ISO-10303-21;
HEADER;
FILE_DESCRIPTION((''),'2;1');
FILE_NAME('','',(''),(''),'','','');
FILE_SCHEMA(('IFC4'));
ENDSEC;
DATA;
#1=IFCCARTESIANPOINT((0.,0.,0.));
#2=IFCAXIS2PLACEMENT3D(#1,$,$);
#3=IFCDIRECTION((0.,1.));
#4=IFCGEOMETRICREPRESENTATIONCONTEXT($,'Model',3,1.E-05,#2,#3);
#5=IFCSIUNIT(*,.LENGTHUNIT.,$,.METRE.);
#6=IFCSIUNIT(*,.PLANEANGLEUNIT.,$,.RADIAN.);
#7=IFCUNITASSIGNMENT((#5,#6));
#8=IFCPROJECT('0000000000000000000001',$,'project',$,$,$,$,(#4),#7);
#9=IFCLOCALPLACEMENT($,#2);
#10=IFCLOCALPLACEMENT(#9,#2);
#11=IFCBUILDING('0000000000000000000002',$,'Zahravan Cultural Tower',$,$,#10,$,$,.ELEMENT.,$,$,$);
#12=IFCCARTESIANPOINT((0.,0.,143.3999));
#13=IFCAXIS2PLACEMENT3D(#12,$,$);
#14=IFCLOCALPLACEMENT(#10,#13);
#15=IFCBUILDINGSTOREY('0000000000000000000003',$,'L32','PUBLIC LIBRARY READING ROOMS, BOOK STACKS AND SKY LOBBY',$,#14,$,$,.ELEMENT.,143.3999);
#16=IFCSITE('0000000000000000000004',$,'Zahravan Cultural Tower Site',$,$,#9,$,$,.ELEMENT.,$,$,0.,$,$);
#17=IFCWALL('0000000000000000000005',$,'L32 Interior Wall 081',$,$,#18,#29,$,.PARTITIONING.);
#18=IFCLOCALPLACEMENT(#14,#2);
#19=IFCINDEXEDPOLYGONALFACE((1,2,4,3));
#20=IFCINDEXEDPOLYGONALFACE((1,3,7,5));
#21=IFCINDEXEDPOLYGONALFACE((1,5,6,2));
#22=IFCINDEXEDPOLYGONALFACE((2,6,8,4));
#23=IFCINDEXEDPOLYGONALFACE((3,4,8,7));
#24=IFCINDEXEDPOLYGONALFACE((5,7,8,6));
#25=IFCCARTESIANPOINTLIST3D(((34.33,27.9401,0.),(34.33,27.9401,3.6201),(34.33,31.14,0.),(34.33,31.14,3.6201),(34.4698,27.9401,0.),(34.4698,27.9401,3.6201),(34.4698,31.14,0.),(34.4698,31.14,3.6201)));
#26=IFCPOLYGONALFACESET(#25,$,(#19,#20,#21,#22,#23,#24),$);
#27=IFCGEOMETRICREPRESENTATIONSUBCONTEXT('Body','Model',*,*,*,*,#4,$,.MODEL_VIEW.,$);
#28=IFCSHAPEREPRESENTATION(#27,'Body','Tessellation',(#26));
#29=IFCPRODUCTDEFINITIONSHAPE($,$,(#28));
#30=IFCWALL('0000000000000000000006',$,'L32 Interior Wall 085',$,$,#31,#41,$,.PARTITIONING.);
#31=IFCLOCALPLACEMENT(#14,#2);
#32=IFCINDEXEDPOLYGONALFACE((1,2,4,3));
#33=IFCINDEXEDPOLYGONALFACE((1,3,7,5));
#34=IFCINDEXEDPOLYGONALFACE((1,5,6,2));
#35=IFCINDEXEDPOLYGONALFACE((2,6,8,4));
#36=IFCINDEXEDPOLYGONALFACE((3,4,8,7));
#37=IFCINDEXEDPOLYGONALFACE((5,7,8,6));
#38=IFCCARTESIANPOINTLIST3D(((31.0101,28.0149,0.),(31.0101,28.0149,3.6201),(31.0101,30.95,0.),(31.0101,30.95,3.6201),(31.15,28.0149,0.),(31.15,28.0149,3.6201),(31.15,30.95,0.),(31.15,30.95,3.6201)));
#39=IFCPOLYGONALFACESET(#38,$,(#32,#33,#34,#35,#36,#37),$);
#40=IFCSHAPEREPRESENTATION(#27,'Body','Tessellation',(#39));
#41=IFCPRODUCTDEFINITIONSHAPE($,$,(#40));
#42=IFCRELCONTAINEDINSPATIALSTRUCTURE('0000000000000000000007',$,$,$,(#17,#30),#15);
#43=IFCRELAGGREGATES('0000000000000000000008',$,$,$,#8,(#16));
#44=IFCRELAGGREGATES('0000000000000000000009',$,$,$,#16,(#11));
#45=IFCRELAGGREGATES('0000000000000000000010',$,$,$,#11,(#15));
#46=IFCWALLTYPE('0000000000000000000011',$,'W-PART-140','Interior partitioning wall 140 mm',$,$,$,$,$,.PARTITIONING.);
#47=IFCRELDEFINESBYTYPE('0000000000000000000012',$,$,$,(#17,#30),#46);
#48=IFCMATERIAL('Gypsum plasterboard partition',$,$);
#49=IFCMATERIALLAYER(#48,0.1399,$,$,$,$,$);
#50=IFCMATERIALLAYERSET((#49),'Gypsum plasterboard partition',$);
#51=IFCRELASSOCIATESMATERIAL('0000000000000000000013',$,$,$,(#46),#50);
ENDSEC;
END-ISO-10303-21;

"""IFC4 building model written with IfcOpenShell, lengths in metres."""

from ifc_helpers import new_model, si_unit, direction, frame, frame_2d, origin, place, context, subcontext, project, spatial, rectangle, extrude, source, transform, mapped, material, layer, layer_set, type_object, element, save


model = new_model("IFC4")

# Units and contexts
model_context = context("Model", 3, precision=1e-05, world=origin(), true_north=direction((0.0, 1.0)))
body_context = subcontext(model_context, "Body", "Model", "MODEL_VIEW")
ifc_project = project(units=[si_unit("LENGTHUNIT", "METRE"), si_unit("PLANEANGLEUNIT", "RADIAN")], contexts=[model_context])

# Site, building, storey
site_placement = place(None, origin())
site = spatial("IfcSite", under=ifc_project, at=site_placement, Name="Zahravan Cultural Tower Site", CompositionType="ELEMENT", RefElevation=0.0)
building_placement = place(site_placement, origin())
building = spatial("IfcBuilding", under=site, at=building_placement, Name="Zahravan Cultural Tower", CompositionType="ELEMENT")
storey_placement = place(building_placement, frame((0.0, 0.0, 143.3999)))
storey = spatial("IfcBuildingStorey", under=building, at=storey_placement, Name="L32", Description="PUBLIC LIBRARY READING ROOMS, BOOK STACKS AND SKY LOBBY", CompositionType="ELEMENT", Elevation=143.3999)

# Shared definitions
ifc_material_1 = material(Name="Gypsum plasterboard partition")
ifc_layer_1 = layer(ifc_material_1, 0.1399)
ifc_layer_set_1 = layer_set([ifc_layer_1], Name="Gypsum plasterboard partition")
wall_type_1 = type_object("IfcWallType", Name="W-PART-140", Description="Interior partitioning wall 140 mm", PredefinedType="PARTITIONING", material=ifc_layer_set_1)

# Walls
shared_shape_1 = source(origin(), body_context, "Body", "SweptSolid", [
    extrude(rectangle(XDim=3.2, YDim=0.1399, at=frame_2d((1.6001, 0.0))), origin(), (0.0, 0.0, 1.0), 3.6201),
])
wall_1_placement = place(storey_placement, frame((34.3999, 27.9399, 0.0), z_axis=(0.0, 0.0, 1.0), x_axis=(0.0, 1.0, 0.0)))
element("IfcWall", 1, at=wall_1_placement, inside=storey, type_object=wall_type_1, Name="L32 Interior Wall 081", PredefinedType="PARTITIONING", context=body_context, shape_type="MappedRepresentation", body=[
    mapped(shared_shape_1, transform((0.0, 0.0, 0.0), x_axis=(1.0, 0.0, 0.0), y_axis=(0.0, 1.0, 0.0), z_axis=(0.0, 0.0, 1.0), scale=1.0)),
])
shared_shape_2 = source(origin(), body_context, "Body", "SweptSolid", [
    extrude(rectangle(XDim=2.9351, YDim=0.1399, at=frame_2d((1.4675, 0.0))), origin(), (0.0, 0.0, 1.0), 3.6201),
])
wall_2_placement = place(storey_placement, frame((31.0801, 28.0149, 0.0), z_axis=(0.0, 0.0, 1.0), x_axis=(0.0, 1.0, 0.0)))
element("IfcWall", 2, at=wall_2_placement, inside=storey, type_object=wall_type_1, Name="L32 Interior Wall 085", PredefinedType="PARTITIONING", context=body_context, shape_type="MappedRepresentation", body=[
    mapped(shared_shape_2, transform((0.0, 0.0, 0.0), x_axis=(1.0, 0.0, 0.0), y_axis=(0.0, 1.0, 0.0), z_axis=(0.0, 0.0, 1.0), scale=1.0)),
])

save(model, "model.ifc")
